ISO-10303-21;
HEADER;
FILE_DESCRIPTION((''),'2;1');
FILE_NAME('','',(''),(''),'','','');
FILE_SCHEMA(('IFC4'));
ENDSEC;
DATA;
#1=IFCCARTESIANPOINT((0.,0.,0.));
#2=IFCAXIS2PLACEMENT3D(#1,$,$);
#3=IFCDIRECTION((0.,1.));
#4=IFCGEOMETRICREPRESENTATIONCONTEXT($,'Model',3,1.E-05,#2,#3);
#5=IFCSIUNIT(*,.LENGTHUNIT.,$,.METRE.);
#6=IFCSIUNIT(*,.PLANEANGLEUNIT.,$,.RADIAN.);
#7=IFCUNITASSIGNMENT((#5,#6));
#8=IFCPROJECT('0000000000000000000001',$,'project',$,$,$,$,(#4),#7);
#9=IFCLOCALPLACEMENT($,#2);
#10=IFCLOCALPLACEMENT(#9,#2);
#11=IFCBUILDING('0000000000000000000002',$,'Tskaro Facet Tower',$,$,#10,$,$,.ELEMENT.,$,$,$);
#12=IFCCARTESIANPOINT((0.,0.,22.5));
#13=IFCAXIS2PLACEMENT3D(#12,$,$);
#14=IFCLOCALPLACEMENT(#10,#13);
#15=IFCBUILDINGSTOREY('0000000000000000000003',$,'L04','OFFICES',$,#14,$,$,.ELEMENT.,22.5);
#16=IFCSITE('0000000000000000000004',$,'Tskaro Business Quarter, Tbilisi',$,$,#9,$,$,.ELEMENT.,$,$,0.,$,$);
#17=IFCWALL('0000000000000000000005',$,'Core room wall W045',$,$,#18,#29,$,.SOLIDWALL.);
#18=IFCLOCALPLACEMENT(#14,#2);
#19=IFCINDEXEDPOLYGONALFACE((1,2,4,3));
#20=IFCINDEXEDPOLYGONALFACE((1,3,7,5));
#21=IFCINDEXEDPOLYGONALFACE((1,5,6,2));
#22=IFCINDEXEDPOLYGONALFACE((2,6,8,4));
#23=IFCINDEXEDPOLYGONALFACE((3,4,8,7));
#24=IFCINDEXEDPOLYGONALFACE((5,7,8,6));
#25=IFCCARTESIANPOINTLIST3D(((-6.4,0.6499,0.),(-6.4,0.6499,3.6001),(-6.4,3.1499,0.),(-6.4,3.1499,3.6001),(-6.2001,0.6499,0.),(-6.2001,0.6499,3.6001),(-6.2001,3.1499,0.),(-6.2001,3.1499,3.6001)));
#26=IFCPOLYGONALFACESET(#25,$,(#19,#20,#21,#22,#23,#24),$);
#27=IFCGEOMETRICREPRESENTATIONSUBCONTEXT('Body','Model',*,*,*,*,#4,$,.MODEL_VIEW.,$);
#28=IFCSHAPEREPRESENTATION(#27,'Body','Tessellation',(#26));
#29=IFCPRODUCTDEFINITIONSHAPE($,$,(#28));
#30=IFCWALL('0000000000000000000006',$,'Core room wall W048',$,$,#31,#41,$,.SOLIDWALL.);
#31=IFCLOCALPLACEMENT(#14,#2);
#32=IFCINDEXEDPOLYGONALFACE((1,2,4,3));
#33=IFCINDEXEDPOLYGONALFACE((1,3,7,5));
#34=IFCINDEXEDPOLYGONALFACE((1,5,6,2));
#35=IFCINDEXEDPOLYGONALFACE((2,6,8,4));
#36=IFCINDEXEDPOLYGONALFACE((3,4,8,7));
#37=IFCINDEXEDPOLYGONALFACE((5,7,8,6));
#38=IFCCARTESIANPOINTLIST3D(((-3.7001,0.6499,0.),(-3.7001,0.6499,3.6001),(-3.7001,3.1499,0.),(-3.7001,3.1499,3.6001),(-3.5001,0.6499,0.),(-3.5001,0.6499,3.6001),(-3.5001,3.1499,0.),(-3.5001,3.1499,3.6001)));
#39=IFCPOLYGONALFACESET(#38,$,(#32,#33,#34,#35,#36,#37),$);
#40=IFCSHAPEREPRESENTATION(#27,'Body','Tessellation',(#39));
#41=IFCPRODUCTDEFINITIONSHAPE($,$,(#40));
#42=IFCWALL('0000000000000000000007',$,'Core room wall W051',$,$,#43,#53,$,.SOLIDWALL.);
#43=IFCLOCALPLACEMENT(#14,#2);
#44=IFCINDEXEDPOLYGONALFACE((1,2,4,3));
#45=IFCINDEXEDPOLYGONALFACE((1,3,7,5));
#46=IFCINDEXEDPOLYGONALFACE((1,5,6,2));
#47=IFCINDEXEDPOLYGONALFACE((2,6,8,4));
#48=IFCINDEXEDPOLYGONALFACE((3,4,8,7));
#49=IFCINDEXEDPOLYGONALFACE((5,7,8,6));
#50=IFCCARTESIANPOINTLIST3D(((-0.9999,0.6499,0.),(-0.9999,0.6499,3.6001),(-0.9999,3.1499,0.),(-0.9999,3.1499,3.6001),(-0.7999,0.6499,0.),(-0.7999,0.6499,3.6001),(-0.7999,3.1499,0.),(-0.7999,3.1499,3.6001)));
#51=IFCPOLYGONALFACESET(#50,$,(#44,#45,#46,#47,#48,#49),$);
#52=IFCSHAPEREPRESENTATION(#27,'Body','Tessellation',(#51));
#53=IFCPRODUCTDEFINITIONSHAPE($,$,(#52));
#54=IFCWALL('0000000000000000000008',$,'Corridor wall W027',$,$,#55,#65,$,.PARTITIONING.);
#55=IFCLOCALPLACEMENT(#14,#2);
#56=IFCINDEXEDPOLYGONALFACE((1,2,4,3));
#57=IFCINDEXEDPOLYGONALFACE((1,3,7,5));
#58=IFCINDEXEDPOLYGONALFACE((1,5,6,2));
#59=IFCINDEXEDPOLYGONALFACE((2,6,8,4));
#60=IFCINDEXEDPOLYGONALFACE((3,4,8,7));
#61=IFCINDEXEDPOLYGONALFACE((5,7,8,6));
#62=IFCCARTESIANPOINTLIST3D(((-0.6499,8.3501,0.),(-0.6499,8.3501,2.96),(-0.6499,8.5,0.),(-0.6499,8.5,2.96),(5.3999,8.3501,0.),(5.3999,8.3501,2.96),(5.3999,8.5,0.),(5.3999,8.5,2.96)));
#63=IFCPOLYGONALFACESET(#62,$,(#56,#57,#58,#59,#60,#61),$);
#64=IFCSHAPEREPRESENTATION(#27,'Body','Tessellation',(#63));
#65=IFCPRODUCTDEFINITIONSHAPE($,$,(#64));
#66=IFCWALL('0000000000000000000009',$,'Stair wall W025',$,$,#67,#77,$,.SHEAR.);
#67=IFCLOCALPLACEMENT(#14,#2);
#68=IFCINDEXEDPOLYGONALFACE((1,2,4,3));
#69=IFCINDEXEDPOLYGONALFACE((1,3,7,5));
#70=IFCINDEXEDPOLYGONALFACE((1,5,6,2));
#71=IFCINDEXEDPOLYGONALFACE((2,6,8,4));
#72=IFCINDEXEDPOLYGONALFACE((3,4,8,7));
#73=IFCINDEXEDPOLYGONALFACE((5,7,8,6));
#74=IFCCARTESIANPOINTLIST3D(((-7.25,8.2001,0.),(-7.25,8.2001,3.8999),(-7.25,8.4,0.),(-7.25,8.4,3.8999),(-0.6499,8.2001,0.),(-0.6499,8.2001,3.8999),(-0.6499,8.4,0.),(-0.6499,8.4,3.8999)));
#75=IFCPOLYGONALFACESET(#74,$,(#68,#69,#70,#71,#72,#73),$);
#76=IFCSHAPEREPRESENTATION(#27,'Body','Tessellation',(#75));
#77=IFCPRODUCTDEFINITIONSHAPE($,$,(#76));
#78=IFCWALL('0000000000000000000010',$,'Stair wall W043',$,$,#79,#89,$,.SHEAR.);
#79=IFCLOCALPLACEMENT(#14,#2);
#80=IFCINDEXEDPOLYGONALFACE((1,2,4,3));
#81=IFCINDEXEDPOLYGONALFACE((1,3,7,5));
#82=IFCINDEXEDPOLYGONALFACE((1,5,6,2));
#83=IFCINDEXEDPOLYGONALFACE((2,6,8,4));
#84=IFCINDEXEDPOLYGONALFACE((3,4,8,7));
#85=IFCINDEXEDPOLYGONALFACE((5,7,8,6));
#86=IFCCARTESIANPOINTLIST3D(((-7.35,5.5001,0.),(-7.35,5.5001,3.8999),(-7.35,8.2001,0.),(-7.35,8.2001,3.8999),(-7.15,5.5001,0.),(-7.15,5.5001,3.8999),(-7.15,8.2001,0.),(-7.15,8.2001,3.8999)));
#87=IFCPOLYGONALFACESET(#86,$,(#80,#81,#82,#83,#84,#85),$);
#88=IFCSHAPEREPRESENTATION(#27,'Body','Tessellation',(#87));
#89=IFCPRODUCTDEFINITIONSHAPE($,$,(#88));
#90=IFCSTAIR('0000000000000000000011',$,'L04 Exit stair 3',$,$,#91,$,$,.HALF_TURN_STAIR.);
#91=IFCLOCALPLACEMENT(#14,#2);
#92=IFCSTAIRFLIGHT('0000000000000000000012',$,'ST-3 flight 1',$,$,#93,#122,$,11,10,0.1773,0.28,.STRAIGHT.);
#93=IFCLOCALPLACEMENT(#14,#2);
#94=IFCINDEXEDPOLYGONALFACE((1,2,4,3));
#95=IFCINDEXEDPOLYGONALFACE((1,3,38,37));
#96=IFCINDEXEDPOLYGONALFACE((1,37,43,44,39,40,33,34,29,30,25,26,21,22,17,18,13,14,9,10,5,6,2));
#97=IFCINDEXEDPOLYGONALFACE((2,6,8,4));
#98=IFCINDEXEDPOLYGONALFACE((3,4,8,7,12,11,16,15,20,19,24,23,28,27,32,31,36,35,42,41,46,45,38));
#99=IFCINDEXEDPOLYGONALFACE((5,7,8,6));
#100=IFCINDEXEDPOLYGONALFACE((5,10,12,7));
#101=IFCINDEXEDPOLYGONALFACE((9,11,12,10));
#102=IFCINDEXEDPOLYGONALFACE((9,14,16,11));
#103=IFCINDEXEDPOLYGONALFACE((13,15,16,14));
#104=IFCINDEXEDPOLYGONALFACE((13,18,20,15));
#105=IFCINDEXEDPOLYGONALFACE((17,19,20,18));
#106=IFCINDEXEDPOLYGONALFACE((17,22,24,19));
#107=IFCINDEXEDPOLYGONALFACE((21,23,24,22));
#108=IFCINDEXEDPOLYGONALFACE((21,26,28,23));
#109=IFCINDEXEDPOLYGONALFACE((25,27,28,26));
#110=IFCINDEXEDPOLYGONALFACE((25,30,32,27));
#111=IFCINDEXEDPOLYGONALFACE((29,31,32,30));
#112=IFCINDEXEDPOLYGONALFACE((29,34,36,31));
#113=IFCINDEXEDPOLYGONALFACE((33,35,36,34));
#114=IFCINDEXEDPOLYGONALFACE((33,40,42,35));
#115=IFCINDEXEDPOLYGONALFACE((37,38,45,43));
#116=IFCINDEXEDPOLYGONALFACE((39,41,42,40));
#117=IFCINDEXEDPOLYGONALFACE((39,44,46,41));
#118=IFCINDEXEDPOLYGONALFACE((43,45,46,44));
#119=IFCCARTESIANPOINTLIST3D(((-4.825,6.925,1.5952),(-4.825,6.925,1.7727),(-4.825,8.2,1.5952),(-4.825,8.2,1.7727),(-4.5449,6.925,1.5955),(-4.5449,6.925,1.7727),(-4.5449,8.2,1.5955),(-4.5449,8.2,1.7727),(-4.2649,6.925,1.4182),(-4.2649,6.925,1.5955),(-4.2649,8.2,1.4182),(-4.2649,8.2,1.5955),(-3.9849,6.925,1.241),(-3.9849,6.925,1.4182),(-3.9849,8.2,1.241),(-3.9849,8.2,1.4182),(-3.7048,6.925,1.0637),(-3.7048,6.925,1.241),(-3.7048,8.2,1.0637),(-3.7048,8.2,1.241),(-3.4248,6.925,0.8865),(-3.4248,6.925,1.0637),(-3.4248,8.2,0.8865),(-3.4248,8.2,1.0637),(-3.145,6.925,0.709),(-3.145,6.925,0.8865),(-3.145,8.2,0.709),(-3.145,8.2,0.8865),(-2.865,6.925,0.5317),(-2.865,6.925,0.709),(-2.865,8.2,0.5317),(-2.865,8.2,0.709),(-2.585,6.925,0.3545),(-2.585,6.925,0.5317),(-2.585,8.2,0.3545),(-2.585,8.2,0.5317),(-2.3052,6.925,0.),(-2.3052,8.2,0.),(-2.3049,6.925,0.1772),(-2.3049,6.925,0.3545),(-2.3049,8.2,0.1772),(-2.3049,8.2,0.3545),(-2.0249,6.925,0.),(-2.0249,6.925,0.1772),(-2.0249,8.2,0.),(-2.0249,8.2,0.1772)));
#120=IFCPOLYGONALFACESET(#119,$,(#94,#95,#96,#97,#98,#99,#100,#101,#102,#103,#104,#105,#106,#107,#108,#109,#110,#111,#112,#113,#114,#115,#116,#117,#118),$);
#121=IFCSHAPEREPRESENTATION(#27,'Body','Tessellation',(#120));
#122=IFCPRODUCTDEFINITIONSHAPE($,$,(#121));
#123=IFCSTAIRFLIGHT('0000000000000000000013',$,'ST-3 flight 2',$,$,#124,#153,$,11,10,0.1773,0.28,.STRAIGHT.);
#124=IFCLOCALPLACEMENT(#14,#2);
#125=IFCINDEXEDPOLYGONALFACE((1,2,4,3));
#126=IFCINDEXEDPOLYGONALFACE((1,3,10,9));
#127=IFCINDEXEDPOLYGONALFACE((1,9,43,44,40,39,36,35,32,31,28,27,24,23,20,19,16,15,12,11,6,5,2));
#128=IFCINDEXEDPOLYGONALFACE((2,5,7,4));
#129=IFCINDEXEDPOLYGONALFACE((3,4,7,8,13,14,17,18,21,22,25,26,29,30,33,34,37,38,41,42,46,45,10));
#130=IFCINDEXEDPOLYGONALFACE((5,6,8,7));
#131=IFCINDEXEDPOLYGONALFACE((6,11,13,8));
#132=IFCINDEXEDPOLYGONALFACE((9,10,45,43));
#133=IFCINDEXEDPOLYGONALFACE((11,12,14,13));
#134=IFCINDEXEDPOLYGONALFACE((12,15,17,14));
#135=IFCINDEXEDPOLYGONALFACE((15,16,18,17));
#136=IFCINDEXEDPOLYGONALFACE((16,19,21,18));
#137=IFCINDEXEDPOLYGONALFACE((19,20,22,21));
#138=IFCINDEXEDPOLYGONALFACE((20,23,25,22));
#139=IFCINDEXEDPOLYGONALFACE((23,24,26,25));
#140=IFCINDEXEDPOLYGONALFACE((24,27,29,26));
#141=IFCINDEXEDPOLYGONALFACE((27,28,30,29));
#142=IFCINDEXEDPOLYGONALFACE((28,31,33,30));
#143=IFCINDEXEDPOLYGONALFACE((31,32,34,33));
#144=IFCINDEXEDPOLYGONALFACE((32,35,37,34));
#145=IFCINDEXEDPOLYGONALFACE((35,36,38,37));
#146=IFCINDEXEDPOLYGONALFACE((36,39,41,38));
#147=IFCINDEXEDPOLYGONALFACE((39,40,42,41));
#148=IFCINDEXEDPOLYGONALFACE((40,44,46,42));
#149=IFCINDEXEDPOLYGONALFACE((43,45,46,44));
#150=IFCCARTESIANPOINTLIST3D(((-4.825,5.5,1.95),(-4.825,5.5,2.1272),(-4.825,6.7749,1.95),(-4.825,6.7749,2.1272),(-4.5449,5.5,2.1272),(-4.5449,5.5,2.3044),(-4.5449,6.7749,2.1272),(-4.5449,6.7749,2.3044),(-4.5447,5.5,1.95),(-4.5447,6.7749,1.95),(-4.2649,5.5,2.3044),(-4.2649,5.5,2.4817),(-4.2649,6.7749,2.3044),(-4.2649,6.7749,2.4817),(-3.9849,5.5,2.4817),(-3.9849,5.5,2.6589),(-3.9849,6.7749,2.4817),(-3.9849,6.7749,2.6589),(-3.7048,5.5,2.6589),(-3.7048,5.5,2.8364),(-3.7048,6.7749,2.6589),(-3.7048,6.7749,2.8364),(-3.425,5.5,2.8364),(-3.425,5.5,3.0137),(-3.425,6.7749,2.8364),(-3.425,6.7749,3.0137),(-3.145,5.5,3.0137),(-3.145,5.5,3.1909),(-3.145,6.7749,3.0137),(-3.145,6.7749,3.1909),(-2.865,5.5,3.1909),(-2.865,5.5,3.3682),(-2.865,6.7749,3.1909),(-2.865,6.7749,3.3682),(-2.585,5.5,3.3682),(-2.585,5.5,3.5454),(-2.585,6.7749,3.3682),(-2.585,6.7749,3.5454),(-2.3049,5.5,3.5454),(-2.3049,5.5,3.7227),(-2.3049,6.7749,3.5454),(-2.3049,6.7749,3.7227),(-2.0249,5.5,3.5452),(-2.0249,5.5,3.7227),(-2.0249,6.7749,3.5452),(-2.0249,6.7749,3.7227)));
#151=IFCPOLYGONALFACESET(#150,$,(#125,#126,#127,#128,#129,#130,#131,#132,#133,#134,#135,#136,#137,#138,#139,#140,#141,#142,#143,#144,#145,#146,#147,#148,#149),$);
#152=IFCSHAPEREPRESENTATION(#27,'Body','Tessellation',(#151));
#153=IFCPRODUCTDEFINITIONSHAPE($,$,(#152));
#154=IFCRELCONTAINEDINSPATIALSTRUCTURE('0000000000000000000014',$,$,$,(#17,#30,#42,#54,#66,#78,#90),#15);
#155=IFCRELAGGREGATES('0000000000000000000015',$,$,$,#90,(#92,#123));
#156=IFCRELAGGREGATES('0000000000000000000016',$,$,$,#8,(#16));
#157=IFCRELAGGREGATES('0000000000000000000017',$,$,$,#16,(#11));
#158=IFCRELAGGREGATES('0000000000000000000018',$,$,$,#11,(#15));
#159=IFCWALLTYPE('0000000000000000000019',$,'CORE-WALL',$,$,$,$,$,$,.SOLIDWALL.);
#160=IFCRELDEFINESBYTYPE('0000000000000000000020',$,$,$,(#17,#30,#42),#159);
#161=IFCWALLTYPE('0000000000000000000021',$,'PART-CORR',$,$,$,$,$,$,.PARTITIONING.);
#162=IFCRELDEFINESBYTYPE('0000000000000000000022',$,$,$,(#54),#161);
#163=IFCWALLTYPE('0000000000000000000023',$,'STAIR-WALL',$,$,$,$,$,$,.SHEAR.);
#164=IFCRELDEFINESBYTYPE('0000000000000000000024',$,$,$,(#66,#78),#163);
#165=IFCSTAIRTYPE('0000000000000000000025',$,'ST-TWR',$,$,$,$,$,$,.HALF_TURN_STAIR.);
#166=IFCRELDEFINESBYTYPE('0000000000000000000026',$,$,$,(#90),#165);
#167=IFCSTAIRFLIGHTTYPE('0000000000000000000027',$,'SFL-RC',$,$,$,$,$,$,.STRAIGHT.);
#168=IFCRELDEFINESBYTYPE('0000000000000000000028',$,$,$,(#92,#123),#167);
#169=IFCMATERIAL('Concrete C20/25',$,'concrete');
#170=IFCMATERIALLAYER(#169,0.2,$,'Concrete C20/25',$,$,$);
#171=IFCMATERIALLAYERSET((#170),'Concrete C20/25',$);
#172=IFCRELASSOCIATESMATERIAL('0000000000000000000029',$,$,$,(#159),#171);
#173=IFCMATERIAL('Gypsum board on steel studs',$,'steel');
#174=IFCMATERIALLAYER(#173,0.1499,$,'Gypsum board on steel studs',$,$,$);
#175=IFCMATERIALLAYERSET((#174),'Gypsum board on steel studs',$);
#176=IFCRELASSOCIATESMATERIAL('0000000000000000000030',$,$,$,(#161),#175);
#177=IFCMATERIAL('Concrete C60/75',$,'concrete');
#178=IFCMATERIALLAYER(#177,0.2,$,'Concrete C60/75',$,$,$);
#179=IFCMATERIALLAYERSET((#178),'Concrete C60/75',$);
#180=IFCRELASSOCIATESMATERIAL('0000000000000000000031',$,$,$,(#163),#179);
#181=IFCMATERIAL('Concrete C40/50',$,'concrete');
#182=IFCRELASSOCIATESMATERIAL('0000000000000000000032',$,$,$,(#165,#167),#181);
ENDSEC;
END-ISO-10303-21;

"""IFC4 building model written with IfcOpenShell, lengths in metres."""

from ifc_helpers import new_model, si_unit, direction, frame, frame_2d, origin, place, context, subcontext, project, spatial, polyline, rectangle, outline, extrude, material, layer, layer_set, type_object, element, aggregate, save


model = new_model("IFC4")

# Units and contexts
model_context = context("Model", 3, precision=1e-05, world=origin(), true_north=direction((0.0, 1.0)))
body_context = subcontext(model_context, "Body", "Model", "MODEL_VIEW")
ifc_project = project(units=[si_unit("LENGTHUNIT", "METRE"), si_unit("PLANEANGLEUNIT", "RADIAN")], contexts=[model_context])

# Site, building, storey
site_placement = place(None, origin())
site = spatial("IfcSite", under=ifc_project, at=site_placement, Name="Tskaro Business Quarter, Tbilisi", CompositionType="ELEMENT", RefElevation=0.0)
building_placement = place(site_placement, origin())
building = spatial("IfcBuilding", under=site, at=building_placement, Name="Tskaro Facet Tower", CompositionType="ELEMENT")
storey_placement = place(building_placement, frame((0.0, 0.0, 22.5)))
storey = spatial("IfcBuildingStorey", under=building, at=storey_placement, Name="L04", Description="OFFICES", CompositionType="ELEMENT", Elevation=22.5)

# Walls
ifc_material_1 = material(Name="Concrete C20/25", Category="concrete")
ifc_layer_1 = layer(ifc_material_1, 0.2, Name="Concrete C20/25")
ifc_layer_set_1 = layer_set([ifc_layer_1], Name="Concrete C20/25")
wall_type_1 = type_object("IfcWallType", Name="CORE-WALL", PredefinedType="SOLIDWALL", material=ifc_layer_set_1)
for number, where, z_axis, x_axis, name in (
    (1, (-6.3, 0.6499, 0.0), (0.0, 0.0, 1.0), (0.0, 1.0, 0.0), "Core room wall W045"),
    (2, (-3.6001, 0.6499, 0.0), (0.0, 0.0, 1.0), (0.0, 1.0, 0.0), "Core room wall W048"),
    (3, (-0.8999, 0.6499, 0.0), (0.0, 0.0, 1.0), (0.0, 1.0, 0.0), "Core room wall W051"),
):
    element("IfcWall", number, at=place(storey_placement, frame(where, z_axis=z_axis, x_axis=x_axis)), inside=storey, type_object=wall_type_1, Name=name, PredefinedType="SOLIDWALL", context=body_context, shape_type="SweptSolid", body=[
        extrude(rectangle(XDim=2.5, YDim=0.2, at=frame_2d((1.25, 0.0))), origin(), (0.0, 0.0, 1.0), 3.6001),
    ])
ifc_material_2 = material(Name="Gypsum board on steel studs", Category="steel")
ifc_layer_2 = layer(ifc_material_2, 0.1499, Name="Gypsum board on steel studs")
ifc_layer_set_2 = layer_set([ifc_layer_2], Name="Gypsum board on steel studs")
wall_type_2 = type_object("IfcWallType", Name="PART-CORR", PredefinedType="PARTITIONING", material=ifc_layer_set_2)
wall_1_placement = place(storey_placement, frame((-0.6499, 8.425, 0.0), z_axis=(0.0, 0.0, 1.0), x_axis=(1.0, 0.0, 0.0)))
element("IfcWall", 4, at=wall_1_placement, inside=storey, type_object=wall_type_2, Name="Corridor wall W027", PredefinedType="PARTITIONING", context=body_context, shape_type="SweptSolid", body=[
    extrude(rectangle(XDim=6.0498, YDim=0.1499, at=frame_2d((3.0249, 0.0))), origin(), (0.0, 0.0, 1.0), 2.96),
])
ifc_material_3 = material(Name="Concrete C60/75", Category="concrete")
ifc_layer_3 = layer(ifc_material_3, 0.2, Name="Concrete C60/75")
ifc_layer_set_3 = layer_set([ifc_layer_3], Name="Concrete C60/75")
wall_type_3 = type_object("IfcWallType", Name="STAIR-WALL", PredefinedType="SHEAR", material=ifc_layer_set_3)
wall_2_placement = place(storey_placement, frame((-7.25, 8.3, 0.0), z_axis=(0.0, 0.0, 1.0), x_axis=(1.0, 0.0, 0.0)))
element("IfcWall", 5, at=wall_2_placement, inside=storey, type_object=wall_type_3, Name="Stair wall W025", PredefinedType="SHEAR", context=body_context, shape_type="SweptSolid", body=[
    extrude(rectangle(XDim=6.6001, YDim=0.2, at=frame_2d((3.3, 0.0))), origin(), (0.0, 0.0, 1.0), 3.8999),
])
wall_3_placement = place(storey_placement, frame((-7.25, 5.5, 0.0), z_axis=(0.0, 0.0, 1.0), x_axis=(0.0, 1.0, 0.0)))
element("IfcWall", 6, at=wall_3_placement, inside=storey, type_object=wall_type_3, Name="Stair wall W043", PredefinedType="SHEAR", context=body_context, shape_type="SweptSolid", body=[
    extrude(rectangle(XDim=2.7, YDim=0.2, at=frame_2d((1.3501, 0.0))), origin(), (0.0, 0.0, 1.0), 3.8999),
])

# Stair, stair flights
ifc_material_4 = material(Name="Concrete C40/50", Category="concrete")
stair_type = type_object("IfcStairType", Name="ST-TWR", PredefinedType="HALF_TURN_STAIR", material=ifc_material_4)
stair_placement = place(storey_placement, origin())
stair = element("IfcStair", 7, at=stair_placement, inside=storey, type_object=stair_type, Name="L04 Exit stair 3", PredefinedType="HALF_TURN_STAIR")
stair_flight_type = type_object("IfcStairFlightType", Name="SFL-RC", PredefinedType="STRAIGHT", material=ifc_material_4)
stair_flight_1_placement = place(storey_placement, frame((-2.0249, 7.5625, 0.0), z_axis=(0.0, 0.0, 1.0), x_axis=(-1.0, 0.0, 0.0)))
stair_flight_1 = element("IfcStairFlight", 8, at=stair_flight_1_placement, type_object=stair_flight_type, Name="ST-3 flight 1", NumberOfRisers=11, NumberOfTreads=10, PredefinedType="STRAIGHT", RiserHeight=0.1773, TreadLength=0.28, context=body_context, shape_type="SweptSolid", body=[
    extrude(outline(polyline([(0.0, 0.0), (0.0, 0.1772), (0.28, 0.1772), (0.28, 0.3545), (0.5601, 0.3545), (0.5601, 0.5317), (0.8401, 0.5317), (0.8401, 0.709), (1.1201, 0.709), (1.1201, 0.8865), (1.3999, 0.8865), (1.3999, 1.0637), (1.6799, 1.0637), (1.6799, 1.241), (1.96, 1.241), (1.96, 1.4182), (2.24, 1.4182), (2.24, 1.5955), (2.52, 1.5955), (2.52, 1.7727), (2.8, 1.7727), (2.8, 1.95), (2.8, 1.5952), (0.2803, 0.0), (0.0, 0.0)])), frame((0.0, 0.6375, 0.0), z_axis=(0.0, -1.0, 0.0), x_axis=(1.0, 0.0, 0.0)), (0.0, 0.0, 1.0), 1.2749),
])
stair_flight_2_placement = place(storey_placement, frame((-4.825, 6.1375, 1.95), z_axis=(0.0, 0.0, 1.0), x_axis=(1.0, 0.0, 0.0)))
stair_flight_2 = element("IfcStairFlight", 9, at=stair_flight_2_placement, type_object=stair_flight_type, Name="ST-3 flight 2", NumberOfRisers=11, NumberOfTreads=10, PredefinedType="STRAIGHT", RiserHeight=0.1773, TreadLength=0.28, context=body_context, shape_type="SweptSolid", body=[
    extrude(outline(polyline([(0.0, 0.0), (0.0, 0.1772), (0.28, 0.1772), (0.28, 0.3545), (0.5601, 0.3545), (0.5601, 0.5317), (0.8401, 0.5317), (0.8401, 0.709), (1.1201, 0.709), (1.1201, 0.8865), (1.3999, 0.8865), (1.3999, 1.0637), (1.6799, 1.0637), (1.6799, 1.241), (1.96, 1.241), (1.96, 1.4182), (2.24, 1.4182), (2.24, 1.5955), (2.52, 1.5955), (2.52, 1.7727), (2.8, 1.7727), (2.8, 1.95), (2.8, 1.5952), (0.2803, 0.0), (0.0, 0.0)])), frame((0.0, 0.6375, 0.0), z_axis=(0.0, -1.0, 0.0), x_axis=(1.0, 0.0, 0.0)), (0.0, 0.0, 1.0), 1.2749),
])
aggregate(stair, [stair_flight_1, stair_flight_2])

save(model, "model.ifc")
